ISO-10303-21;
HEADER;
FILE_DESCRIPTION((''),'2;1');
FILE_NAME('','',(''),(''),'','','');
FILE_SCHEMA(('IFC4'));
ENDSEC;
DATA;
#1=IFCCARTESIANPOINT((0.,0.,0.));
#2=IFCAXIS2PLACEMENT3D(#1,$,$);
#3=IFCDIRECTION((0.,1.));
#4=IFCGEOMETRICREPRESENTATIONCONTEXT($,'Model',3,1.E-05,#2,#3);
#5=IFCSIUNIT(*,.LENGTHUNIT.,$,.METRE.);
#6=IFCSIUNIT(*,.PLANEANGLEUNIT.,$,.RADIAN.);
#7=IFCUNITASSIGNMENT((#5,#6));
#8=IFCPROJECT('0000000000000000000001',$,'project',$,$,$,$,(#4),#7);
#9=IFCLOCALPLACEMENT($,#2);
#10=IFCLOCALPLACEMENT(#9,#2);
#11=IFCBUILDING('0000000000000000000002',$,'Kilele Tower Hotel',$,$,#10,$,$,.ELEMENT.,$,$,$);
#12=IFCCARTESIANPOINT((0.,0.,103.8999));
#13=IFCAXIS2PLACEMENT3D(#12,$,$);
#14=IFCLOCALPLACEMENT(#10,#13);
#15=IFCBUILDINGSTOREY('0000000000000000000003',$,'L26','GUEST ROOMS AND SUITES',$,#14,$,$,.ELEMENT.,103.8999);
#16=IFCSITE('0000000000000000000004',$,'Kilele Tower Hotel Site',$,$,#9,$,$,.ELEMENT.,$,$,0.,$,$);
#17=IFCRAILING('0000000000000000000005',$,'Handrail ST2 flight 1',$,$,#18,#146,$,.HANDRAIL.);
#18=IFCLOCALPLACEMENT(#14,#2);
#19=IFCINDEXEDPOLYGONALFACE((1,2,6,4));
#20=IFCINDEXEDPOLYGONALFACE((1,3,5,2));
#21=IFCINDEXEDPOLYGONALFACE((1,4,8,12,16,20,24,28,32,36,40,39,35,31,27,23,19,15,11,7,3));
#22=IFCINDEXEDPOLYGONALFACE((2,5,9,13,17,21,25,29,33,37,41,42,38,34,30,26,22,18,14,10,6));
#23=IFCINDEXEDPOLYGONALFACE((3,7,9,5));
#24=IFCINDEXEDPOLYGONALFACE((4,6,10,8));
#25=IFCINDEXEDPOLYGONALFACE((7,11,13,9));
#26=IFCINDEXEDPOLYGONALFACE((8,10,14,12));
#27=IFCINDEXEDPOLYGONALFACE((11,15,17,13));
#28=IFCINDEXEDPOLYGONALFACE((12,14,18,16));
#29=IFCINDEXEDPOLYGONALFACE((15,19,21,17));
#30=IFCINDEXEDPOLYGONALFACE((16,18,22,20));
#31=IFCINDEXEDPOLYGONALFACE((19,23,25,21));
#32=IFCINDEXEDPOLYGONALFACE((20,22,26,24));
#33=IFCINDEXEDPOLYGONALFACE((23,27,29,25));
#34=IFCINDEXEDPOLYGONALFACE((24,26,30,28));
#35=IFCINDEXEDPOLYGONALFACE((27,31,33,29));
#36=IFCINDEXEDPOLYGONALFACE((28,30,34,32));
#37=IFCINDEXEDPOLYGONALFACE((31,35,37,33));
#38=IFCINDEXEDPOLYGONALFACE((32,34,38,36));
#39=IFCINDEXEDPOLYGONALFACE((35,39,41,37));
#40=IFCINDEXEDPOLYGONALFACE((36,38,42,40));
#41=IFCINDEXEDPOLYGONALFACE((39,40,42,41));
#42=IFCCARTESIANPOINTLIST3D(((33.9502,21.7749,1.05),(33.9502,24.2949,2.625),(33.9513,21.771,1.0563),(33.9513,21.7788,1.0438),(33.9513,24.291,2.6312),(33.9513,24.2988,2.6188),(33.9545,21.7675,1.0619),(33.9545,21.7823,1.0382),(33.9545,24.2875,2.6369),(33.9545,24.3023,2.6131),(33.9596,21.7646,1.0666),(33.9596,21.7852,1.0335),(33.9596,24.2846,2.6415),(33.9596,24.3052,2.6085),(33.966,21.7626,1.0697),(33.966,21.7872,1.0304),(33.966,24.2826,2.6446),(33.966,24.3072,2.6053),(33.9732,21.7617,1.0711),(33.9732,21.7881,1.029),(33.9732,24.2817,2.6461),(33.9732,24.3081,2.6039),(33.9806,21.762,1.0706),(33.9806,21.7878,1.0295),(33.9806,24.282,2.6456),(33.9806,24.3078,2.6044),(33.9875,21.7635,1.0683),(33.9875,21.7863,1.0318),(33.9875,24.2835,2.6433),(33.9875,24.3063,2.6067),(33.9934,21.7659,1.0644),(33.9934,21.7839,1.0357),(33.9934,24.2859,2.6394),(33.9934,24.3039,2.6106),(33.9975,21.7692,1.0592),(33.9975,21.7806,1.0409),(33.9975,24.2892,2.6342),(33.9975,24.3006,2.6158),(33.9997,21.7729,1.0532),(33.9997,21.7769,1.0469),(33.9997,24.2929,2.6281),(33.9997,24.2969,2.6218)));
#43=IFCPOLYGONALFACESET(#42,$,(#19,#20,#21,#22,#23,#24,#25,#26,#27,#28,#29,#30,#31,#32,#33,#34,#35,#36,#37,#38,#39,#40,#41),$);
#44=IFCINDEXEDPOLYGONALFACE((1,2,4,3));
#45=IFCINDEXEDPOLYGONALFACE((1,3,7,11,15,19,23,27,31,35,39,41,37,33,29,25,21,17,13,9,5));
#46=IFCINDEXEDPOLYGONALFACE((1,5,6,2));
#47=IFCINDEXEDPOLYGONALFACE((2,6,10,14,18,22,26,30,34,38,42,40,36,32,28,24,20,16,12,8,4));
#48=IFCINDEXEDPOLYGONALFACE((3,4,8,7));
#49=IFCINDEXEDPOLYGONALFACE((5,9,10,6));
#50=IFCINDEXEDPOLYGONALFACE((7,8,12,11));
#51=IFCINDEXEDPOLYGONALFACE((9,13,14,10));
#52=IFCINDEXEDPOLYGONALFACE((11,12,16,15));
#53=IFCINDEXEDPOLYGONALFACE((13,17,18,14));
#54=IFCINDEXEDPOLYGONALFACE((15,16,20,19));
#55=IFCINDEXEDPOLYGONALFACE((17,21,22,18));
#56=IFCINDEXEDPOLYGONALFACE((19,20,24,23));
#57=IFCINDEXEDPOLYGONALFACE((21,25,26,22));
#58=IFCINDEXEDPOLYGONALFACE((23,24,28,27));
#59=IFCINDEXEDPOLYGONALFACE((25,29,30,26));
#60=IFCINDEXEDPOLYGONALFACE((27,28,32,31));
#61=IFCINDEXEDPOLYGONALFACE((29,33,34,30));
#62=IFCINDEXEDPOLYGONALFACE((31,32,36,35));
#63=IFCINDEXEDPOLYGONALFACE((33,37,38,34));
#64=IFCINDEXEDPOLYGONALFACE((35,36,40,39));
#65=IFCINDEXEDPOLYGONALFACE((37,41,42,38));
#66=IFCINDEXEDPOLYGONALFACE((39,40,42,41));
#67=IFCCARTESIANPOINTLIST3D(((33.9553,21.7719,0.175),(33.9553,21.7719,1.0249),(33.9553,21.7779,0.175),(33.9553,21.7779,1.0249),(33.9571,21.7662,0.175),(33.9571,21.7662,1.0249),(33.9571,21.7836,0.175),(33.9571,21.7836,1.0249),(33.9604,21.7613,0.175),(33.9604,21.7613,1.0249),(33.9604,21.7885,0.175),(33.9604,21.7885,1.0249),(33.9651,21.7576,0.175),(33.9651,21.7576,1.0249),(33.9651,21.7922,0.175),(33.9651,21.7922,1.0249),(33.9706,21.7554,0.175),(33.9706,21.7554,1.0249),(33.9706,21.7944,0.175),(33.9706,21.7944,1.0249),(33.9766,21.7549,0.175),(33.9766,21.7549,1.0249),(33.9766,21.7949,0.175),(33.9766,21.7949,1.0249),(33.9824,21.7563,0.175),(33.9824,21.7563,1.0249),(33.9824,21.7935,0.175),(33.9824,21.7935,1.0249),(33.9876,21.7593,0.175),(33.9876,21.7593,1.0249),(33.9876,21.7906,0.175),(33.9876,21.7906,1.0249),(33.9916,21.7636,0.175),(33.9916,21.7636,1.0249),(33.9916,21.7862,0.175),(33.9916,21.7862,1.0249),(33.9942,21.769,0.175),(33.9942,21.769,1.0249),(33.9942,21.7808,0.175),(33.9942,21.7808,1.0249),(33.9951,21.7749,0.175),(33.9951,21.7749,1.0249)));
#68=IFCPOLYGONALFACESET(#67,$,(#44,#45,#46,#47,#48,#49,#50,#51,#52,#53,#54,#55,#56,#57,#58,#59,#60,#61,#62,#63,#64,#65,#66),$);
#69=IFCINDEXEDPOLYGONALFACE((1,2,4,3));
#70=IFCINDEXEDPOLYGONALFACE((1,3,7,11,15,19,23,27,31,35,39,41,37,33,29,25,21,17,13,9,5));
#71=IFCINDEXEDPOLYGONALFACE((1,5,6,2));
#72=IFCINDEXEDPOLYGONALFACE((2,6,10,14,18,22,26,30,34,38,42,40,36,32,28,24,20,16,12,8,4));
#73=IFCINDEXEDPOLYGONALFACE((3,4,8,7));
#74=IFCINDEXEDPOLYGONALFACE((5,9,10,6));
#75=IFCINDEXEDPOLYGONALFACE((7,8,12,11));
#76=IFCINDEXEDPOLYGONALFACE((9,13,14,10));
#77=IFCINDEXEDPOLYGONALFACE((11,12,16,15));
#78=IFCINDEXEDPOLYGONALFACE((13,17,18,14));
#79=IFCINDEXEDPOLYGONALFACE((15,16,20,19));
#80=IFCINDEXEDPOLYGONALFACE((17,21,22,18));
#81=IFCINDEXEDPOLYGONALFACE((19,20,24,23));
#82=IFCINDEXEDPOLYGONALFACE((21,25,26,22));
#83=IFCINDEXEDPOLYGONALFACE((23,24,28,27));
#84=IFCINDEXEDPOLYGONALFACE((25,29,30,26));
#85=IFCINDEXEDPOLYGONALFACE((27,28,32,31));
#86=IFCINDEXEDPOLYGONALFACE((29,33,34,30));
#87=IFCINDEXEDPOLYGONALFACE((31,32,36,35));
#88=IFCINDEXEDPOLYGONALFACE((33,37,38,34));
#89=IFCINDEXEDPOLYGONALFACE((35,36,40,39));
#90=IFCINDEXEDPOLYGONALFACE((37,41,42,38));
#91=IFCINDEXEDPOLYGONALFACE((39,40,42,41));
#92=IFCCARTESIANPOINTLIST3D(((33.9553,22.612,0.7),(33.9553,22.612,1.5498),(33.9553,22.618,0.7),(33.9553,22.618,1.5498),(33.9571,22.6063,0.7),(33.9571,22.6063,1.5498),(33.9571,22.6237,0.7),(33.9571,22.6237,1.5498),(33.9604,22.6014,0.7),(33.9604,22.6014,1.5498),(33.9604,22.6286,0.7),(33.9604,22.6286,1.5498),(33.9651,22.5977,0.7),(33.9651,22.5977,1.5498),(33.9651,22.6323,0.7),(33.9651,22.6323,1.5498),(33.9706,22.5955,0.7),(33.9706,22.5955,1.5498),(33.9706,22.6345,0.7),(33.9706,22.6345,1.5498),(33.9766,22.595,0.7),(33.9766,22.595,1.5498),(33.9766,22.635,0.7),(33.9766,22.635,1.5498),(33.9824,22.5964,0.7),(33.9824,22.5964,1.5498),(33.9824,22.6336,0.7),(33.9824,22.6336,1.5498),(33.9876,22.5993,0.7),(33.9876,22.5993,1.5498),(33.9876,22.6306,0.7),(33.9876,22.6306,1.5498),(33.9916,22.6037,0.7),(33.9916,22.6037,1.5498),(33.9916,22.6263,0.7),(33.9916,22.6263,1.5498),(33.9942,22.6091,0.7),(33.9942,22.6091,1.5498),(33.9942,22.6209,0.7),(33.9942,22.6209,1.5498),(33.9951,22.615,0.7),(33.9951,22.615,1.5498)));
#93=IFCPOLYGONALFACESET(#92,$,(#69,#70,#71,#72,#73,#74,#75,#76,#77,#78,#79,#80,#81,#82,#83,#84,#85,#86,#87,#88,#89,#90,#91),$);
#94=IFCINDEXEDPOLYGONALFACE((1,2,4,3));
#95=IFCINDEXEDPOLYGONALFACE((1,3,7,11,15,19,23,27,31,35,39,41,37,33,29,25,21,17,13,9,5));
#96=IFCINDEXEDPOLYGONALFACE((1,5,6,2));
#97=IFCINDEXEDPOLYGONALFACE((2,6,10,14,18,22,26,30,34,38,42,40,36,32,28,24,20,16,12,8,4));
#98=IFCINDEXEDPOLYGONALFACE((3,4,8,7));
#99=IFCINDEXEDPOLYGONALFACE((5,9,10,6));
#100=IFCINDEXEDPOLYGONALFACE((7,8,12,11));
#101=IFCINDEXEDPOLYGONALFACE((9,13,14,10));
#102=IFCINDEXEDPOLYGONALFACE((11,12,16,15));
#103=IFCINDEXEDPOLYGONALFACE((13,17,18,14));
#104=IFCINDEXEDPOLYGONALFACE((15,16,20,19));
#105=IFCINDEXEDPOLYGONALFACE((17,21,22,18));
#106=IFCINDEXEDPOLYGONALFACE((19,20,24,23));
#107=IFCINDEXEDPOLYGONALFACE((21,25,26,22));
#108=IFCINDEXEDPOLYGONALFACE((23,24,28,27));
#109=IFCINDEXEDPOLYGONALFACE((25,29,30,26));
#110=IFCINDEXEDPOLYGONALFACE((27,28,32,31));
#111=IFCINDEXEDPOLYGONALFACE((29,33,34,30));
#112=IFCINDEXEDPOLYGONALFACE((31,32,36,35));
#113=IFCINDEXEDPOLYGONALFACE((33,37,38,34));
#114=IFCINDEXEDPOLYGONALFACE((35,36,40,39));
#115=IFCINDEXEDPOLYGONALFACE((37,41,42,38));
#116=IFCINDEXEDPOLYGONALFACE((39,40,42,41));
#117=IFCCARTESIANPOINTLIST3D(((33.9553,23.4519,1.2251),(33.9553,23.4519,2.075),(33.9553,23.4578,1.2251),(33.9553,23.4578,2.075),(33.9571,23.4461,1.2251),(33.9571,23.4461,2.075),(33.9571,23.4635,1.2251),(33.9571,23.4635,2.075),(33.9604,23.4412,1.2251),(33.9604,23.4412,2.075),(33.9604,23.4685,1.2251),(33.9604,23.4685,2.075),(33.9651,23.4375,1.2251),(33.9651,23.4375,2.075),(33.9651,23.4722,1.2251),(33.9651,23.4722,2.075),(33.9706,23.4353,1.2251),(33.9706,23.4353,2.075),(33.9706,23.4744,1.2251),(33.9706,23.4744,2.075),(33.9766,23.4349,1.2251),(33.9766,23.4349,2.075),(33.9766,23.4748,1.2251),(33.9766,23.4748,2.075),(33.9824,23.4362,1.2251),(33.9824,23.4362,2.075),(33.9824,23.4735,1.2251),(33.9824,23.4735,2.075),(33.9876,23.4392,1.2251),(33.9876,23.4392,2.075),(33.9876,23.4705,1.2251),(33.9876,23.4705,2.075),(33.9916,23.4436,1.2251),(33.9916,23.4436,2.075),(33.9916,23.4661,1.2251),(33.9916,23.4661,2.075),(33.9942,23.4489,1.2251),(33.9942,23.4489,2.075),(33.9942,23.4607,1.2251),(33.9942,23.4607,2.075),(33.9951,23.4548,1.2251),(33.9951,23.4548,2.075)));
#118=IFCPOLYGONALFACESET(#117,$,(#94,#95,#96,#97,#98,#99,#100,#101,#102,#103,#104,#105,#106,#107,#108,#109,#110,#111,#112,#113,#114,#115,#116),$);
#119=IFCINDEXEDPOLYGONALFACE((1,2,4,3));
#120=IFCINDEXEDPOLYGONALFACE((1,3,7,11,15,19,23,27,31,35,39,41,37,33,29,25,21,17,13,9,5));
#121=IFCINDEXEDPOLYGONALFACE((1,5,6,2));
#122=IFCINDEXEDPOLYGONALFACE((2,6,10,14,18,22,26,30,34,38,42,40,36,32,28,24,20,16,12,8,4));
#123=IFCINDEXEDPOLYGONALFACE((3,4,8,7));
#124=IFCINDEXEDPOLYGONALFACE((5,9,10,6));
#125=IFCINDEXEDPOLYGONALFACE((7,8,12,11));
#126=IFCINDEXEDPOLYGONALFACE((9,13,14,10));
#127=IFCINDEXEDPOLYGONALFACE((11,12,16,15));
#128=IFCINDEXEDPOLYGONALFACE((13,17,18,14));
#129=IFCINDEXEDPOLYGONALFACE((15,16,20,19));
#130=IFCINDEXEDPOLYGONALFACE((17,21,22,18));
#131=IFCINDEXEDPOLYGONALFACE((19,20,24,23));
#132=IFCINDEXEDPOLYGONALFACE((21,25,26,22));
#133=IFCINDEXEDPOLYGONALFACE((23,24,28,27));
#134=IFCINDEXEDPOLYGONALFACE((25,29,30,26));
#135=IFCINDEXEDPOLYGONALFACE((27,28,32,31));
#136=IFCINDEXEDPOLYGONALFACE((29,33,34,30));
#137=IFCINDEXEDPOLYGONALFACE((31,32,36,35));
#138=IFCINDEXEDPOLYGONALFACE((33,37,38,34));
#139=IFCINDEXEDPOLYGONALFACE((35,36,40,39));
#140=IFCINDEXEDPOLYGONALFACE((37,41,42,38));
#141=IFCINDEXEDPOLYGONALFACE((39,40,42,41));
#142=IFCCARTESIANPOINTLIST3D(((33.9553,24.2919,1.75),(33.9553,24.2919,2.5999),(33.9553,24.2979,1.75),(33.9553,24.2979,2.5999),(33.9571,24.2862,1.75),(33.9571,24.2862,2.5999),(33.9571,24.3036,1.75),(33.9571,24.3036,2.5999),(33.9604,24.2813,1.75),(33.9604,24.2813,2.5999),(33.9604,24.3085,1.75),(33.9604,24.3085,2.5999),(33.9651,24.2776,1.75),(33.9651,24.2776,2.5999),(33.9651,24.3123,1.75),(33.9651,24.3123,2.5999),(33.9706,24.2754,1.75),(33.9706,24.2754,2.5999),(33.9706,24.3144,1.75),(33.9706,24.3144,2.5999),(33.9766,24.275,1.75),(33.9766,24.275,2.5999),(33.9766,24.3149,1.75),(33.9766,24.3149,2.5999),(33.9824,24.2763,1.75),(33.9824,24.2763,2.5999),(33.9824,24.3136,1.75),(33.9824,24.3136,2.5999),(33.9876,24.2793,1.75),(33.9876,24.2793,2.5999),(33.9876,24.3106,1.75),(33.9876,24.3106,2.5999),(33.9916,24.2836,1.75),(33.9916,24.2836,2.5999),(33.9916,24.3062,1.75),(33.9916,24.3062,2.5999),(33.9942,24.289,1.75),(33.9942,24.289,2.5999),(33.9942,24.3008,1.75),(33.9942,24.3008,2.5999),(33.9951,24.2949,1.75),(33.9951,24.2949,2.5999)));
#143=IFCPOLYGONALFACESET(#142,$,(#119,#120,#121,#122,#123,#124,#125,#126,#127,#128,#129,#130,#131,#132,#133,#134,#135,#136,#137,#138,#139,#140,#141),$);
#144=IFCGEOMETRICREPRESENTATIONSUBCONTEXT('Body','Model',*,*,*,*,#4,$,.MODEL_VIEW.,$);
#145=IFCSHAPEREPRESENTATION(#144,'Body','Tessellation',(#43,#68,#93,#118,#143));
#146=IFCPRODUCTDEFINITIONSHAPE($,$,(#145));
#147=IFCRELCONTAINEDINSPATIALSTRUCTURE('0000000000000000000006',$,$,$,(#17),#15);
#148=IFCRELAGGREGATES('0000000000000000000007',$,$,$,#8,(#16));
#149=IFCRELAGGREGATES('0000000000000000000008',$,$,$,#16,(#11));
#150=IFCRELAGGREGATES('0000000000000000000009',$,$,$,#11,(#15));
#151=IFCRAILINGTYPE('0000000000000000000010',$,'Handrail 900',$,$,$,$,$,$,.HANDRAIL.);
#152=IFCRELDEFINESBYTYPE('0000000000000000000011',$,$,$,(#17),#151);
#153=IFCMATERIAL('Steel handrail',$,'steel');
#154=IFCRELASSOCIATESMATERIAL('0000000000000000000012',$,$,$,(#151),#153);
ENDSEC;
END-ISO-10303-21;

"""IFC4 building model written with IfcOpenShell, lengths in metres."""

from ifc_helpers import new_model, si_unit, direction, frame, origin, origin_2d, place, context, subcontext, project, spatial, circle, extrude, material, type_object, element, save


model = new_model("IFC4")

# Units and contexts
model_context = context("Model", 3, precision=1e-05, world=origin(), true_north=direction((0.0, 1.0)))
body_context = subcontext(model_context, "Body", "Model", "MODEL_VIEW")
ifc_project = project(units=[si_unit("LENGTHUNIT", "METRE"), si_unit("PLANEANGLEUNIT", "RADIAN")], contexts=[model_context])

# Site, building, storey
site_placement = place(None, origin())
site = spatial("IfcSite", under=ifc_project, at=site_placement, Name="Kilele Tower Hotel Site", CompositionType="ELEMENT", RefElevation=0.0)
building_placement = place(site_placement, origin())
building = spatial("IfcBuilding", under=site, at=building_placement, Name="Kilele Tower Hotel", CompositionType="ELEMENT")
storey_placement = place(building_placement, frame((0.0, 0.0, 103.8999)))
storey = spatial("IfcBuildingStorey", under=building, at=storey_placement, Name="L26", Description="GUEST ROOMS AND SUITES", CompositionType="ELEMENT", Elevation=103.8999)

# Railing
ifc_material_1 = material(Name="Steel handrail", Category="steel")
railing_type_1 = type_object("IfcRailingType", Name="Handrail 900", PredefinedType="HANDRAIL", material=ifc_material_1)
for number, where, name in (
    (1, (33.9751, 21.7749, 0.175), "Handrail ST2 flight 1"),
):
    element("IfcRailing", number, at=place(storey_placement, frame(where)), inside=storey, type_object=railing_type_1, Name=name, PredefinedType="HANDRAIL", context=body_context, shape_type="SweptSolid", body=[
        extrude(circle(Radius=0.0249, at=origin_2d()), frame((0.0, 0.0, 0.875), z_axis=(0.0, 0.848008, 0.529984), x_axis=(-1.0, 0.0, 0.0)), (0.0, 0.0, 1.0), 2.9717),
        extrude(circle(Radius=0.02, at=origin_2d()), origin(), (0.0, 0.0, 1.0), 0.8499),
        extrude(circle(Radius=0.02, at=origin_2d()), frame((0.0, 0.8401, 0.5249)), (0.0, 0.0, 1.0), 0.8499),
        extrude(circle(Radius=0.02, at=origin_2d()), frame((0.0, 1.6799, 1.05)), (0.0, 0.0, 1.0), 0.8499),
        extrude(circle(Radius=0.02, at=origin_2d()), frame((0.0, 2.52, 1.575)), (0.0, 0.0, 1.0), 0.8499),
    ])

save(model, "model.ifc")
